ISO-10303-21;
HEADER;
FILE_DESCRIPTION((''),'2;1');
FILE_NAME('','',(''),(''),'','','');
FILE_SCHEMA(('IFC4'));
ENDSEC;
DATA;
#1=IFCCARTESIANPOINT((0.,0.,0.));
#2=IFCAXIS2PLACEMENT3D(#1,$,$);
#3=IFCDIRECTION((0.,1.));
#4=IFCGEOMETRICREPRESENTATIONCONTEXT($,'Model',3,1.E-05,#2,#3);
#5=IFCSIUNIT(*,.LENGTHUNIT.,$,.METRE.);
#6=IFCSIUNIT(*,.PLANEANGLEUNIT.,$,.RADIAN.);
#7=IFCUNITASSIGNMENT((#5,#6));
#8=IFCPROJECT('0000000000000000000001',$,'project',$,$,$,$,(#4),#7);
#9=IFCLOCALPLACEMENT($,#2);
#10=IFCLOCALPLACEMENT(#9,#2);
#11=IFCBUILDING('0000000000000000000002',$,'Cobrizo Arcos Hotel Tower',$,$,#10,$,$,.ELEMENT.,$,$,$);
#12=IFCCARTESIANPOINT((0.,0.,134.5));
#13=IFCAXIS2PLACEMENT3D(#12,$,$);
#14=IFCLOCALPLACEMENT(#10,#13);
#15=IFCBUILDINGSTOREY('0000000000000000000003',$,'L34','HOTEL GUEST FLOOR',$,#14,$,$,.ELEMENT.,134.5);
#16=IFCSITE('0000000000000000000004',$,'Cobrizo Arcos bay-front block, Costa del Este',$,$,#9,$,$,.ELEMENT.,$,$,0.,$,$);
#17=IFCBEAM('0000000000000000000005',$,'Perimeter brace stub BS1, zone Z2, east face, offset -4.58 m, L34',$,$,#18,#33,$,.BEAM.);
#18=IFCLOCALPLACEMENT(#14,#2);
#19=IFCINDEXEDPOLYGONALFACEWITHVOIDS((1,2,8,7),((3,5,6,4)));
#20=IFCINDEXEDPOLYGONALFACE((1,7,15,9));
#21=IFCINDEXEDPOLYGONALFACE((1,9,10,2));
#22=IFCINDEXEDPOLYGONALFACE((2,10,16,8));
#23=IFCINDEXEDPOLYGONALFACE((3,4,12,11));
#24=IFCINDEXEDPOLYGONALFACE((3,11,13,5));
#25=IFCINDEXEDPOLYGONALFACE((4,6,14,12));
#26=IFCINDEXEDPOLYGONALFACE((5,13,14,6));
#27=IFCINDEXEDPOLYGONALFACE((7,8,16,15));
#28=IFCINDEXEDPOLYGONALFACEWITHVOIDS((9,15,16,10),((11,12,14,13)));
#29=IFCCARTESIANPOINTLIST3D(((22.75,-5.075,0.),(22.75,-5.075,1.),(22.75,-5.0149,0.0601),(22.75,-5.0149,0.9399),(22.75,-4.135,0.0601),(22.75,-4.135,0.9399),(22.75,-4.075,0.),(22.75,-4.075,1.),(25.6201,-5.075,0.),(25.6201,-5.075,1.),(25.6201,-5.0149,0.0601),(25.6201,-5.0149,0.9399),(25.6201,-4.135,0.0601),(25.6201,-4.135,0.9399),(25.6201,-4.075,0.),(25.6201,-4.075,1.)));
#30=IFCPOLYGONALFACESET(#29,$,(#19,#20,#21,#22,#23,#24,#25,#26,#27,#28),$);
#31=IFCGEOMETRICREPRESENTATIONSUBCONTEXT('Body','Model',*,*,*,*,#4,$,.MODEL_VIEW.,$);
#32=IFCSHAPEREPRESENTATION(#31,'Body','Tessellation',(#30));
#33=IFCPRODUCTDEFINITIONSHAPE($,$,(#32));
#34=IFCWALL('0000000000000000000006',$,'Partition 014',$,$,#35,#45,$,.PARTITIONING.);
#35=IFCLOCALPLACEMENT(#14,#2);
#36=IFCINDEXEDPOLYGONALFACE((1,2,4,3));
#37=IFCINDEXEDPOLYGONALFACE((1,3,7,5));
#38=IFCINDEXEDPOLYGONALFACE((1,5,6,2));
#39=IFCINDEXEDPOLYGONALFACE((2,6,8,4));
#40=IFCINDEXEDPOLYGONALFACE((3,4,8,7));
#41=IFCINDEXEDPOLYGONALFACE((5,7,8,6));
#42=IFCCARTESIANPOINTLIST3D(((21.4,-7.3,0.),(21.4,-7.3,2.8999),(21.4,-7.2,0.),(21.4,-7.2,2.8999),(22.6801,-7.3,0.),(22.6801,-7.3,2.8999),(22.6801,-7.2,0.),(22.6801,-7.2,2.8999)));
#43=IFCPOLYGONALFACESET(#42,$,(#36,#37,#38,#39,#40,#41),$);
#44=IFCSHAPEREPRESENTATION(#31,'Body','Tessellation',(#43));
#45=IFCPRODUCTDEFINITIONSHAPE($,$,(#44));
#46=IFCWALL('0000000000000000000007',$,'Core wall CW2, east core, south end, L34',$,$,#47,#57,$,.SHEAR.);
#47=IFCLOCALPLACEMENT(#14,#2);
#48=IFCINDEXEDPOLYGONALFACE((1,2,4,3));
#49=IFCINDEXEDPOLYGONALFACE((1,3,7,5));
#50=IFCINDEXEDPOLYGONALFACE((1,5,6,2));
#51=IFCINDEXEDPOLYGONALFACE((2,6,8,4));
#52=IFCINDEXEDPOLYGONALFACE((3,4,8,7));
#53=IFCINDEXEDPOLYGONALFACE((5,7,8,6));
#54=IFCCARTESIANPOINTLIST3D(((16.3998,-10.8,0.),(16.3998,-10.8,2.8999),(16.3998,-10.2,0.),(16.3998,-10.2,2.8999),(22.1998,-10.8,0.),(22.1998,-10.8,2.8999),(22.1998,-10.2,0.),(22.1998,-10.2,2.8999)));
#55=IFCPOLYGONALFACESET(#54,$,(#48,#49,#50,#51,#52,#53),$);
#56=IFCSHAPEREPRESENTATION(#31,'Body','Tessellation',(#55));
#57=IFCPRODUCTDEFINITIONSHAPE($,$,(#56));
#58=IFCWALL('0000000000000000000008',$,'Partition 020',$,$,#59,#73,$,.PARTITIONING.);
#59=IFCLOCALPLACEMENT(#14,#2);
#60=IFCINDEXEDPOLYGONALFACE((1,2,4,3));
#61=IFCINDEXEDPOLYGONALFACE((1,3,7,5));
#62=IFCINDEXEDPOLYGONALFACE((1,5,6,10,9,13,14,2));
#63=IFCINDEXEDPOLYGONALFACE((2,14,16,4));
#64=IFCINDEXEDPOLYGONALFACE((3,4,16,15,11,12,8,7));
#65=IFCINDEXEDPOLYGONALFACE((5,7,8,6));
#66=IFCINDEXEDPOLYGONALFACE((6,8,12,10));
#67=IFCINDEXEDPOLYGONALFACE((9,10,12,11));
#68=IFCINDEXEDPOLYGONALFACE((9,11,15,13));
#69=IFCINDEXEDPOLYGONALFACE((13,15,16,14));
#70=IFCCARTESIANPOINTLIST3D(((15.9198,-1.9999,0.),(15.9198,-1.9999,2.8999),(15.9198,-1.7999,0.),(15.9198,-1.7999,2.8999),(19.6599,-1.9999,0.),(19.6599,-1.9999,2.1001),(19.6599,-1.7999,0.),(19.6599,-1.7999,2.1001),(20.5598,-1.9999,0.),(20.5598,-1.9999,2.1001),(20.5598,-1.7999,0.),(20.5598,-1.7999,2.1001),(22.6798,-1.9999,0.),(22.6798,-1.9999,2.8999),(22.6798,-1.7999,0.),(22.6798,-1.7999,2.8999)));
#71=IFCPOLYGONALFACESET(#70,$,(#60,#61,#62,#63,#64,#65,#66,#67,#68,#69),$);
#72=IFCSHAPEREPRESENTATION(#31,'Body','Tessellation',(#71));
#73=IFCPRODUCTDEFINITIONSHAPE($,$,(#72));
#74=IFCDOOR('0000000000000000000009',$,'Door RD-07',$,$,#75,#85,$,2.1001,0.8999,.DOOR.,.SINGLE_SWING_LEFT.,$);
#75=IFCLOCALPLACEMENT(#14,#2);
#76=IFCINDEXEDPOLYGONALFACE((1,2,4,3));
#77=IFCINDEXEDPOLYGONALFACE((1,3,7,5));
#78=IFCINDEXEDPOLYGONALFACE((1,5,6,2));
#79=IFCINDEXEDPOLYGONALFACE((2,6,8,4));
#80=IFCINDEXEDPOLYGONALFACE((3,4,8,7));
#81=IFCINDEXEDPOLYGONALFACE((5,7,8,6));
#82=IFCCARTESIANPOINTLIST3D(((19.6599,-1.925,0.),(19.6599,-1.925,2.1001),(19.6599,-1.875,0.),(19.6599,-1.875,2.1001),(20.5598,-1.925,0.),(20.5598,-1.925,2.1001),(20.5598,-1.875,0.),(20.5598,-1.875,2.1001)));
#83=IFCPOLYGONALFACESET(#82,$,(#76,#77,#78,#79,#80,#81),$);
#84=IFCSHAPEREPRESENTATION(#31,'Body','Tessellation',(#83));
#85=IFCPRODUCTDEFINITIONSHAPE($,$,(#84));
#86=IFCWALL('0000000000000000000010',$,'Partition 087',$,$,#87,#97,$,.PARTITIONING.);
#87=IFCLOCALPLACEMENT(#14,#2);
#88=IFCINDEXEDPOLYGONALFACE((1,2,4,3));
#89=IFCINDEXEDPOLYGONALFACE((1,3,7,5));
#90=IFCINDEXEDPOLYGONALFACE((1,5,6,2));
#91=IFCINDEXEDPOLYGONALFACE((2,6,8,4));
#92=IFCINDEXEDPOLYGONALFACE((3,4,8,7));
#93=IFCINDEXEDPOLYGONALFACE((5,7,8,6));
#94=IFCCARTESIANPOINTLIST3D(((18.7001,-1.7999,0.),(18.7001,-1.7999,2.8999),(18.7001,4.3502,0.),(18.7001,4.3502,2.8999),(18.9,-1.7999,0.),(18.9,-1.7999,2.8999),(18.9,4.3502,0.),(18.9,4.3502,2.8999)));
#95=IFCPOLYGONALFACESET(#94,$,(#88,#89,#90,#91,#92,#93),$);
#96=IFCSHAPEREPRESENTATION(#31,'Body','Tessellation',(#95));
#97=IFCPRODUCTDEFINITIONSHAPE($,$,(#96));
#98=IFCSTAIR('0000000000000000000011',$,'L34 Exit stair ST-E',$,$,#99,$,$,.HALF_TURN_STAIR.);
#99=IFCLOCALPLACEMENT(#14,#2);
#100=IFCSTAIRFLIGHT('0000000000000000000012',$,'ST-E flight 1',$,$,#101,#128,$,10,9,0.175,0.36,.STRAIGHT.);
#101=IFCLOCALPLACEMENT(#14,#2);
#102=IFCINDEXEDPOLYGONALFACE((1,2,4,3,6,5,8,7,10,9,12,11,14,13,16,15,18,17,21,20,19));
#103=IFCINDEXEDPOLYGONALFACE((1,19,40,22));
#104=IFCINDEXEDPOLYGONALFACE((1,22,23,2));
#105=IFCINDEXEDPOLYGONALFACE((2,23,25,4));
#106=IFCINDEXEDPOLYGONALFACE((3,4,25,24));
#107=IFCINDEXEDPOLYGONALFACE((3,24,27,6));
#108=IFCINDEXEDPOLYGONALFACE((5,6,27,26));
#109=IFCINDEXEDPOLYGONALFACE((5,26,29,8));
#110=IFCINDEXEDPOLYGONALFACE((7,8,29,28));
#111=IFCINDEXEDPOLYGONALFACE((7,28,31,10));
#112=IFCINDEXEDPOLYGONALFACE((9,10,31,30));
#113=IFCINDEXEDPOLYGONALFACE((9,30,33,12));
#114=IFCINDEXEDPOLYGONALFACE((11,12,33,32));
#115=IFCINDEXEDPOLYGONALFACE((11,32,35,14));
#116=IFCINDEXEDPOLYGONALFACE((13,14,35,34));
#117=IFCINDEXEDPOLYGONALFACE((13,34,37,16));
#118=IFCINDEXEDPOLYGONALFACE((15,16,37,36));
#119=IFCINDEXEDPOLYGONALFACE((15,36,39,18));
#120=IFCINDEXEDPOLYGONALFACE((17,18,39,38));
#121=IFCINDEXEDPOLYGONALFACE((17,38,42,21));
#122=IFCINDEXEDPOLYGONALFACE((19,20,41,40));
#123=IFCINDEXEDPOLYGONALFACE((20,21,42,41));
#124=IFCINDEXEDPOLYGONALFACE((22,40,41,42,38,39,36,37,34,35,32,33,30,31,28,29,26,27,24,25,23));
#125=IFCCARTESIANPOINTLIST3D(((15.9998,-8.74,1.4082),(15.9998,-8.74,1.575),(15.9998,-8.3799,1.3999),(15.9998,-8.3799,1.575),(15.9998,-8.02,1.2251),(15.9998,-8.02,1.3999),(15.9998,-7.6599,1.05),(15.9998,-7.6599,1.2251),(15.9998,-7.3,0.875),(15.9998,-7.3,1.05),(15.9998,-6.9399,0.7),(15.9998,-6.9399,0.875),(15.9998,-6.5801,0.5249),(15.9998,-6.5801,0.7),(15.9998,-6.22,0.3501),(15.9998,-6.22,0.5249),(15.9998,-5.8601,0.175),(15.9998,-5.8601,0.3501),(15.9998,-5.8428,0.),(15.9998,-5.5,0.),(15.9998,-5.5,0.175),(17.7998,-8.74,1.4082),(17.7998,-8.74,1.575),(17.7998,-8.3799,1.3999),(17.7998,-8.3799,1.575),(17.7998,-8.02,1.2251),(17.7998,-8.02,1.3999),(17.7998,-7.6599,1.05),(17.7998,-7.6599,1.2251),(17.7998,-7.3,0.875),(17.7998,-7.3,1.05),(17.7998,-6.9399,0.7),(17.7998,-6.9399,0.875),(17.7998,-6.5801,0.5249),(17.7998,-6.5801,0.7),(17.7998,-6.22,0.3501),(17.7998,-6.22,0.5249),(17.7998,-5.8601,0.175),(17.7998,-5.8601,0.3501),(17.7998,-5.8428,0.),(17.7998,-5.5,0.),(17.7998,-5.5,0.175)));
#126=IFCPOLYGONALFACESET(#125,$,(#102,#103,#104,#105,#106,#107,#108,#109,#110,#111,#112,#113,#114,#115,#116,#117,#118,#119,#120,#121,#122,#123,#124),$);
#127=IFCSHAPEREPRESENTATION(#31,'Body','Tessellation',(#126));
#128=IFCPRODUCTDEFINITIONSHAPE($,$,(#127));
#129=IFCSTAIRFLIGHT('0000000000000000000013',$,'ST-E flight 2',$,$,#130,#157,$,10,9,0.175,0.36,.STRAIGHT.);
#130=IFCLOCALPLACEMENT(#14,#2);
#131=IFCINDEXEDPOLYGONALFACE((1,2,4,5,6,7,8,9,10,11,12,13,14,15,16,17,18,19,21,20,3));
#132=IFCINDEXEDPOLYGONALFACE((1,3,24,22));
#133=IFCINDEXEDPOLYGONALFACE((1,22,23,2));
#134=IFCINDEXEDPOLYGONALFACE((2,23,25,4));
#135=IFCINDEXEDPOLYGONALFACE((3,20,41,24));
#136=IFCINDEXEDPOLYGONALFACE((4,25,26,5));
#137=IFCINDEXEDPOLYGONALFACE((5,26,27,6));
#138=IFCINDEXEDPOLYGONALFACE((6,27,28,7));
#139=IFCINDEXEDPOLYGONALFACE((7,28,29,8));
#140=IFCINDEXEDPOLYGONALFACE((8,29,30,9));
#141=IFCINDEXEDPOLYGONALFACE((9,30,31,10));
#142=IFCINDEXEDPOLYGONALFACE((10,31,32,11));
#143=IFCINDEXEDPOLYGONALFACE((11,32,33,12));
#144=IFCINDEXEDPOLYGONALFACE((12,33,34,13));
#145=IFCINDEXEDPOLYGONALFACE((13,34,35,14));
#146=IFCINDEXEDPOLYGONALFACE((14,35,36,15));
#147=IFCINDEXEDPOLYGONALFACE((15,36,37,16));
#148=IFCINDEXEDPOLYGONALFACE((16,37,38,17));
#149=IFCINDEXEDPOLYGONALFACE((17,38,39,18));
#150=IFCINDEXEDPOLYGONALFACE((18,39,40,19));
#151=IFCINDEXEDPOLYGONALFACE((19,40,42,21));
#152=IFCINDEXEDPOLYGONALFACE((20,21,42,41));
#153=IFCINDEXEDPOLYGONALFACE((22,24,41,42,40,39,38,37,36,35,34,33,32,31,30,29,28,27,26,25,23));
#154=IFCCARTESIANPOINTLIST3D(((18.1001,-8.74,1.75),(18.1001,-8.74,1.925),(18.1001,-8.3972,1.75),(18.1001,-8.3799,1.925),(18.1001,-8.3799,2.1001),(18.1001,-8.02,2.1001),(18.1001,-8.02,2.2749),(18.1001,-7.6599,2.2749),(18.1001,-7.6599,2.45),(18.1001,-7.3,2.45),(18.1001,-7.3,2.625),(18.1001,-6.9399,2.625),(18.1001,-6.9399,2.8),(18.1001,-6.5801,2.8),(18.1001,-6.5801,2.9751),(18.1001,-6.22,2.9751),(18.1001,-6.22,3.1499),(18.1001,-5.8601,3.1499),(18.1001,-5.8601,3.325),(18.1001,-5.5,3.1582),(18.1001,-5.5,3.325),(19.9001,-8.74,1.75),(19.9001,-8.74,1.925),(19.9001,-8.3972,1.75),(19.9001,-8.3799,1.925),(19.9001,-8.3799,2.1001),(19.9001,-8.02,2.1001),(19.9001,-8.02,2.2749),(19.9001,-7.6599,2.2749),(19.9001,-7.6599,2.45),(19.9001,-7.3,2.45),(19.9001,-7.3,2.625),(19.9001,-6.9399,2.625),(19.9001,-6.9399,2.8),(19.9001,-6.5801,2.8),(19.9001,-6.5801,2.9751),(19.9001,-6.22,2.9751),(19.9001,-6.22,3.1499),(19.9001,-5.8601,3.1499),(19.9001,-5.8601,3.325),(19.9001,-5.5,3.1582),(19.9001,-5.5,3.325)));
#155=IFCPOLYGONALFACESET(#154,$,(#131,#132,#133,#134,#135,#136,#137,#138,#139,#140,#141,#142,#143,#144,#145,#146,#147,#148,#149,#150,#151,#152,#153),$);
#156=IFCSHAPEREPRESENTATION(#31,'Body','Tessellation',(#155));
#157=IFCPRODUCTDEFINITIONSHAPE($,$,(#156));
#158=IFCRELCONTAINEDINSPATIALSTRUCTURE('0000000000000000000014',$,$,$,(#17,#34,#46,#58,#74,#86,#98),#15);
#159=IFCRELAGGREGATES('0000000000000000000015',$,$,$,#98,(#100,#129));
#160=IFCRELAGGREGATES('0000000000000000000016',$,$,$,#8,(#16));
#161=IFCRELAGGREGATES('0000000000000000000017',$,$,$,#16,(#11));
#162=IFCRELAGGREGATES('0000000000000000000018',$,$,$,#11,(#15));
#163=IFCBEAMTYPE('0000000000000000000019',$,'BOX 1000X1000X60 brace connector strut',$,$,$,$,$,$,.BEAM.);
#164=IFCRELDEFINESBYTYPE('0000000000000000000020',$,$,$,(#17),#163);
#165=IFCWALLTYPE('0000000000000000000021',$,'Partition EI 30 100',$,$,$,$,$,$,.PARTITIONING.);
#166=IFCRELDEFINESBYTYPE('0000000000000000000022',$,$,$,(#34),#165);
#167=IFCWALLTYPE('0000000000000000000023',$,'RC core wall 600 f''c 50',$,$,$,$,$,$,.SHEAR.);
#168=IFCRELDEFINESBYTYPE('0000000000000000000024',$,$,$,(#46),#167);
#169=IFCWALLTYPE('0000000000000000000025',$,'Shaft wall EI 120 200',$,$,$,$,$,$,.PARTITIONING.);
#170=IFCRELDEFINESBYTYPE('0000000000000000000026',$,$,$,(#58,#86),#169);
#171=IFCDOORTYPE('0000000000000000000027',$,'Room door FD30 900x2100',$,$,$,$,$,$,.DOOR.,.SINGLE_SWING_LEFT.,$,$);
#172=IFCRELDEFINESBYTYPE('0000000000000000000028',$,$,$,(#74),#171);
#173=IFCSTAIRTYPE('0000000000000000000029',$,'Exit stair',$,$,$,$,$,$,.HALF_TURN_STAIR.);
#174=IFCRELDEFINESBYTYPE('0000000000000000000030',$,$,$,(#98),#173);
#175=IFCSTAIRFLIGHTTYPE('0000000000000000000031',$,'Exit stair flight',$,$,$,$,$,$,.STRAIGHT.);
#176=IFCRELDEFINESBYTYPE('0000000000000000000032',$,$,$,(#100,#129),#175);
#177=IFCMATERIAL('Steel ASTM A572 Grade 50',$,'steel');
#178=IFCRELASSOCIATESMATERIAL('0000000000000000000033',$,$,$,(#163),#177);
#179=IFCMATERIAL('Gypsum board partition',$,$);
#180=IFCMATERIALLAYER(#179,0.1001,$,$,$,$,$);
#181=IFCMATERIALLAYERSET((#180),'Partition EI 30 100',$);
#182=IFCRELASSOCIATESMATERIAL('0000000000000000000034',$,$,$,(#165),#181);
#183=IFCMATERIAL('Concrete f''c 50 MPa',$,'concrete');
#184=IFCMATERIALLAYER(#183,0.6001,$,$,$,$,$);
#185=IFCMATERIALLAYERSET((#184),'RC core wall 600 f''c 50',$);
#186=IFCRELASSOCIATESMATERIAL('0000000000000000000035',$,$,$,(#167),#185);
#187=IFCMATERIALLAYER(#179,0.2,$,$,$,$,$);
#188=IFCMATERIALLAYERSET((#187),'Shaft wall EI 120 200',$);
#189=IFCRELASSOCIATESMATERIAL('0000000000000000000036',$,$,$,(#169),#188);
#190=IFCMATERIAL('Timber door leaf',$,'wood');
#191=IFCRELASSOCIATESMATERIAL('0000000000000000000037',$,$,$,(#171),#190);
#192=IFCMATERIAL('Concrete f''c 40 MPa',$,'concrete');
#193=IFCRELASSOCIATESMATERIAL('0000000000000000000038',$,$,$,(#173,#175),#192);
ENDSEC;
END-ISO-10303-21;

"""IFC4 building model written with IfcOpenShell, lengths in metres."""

from ifc_helpers import new_model, si_unit, direction, frame, frame_2d, origin, origin_2d, place, context, subcontext, project, spatial, polyline, rectangle, hollow_rectangle, outline, extrude, material, layer, layer_set, material_profile, profile_set, type_object, element, fill, aggregate, save


model = new_model("IFC4")

# Units and contexts
model_context = context("Model", 3, precision=1e-05, world=origin(), true_north=direction((0.0, 1.0)))
body_context = subcontext(model_context, "Body", "Model", "MODEL_VIEW")
ifc_project = project(units=[si_unit("LENGTHUNIT", "METRE"), si_unit("PLANEANGLEUNIT", "RADIAN")], contexts=[model_context])

# Site, building, storey
site_placement = place(None, origin())
site = spatial("IfcSite", under=ifc_project, at=site_placement, Name="Cobrizo Arcos bay-front block, Costa del Este", CompositionType="ELEMENT", RefElevation=0.0)
building_placement = place(site_placement, origin())
building = spatial("IfcBuilding", under=site, at=building_placement, Name="Cobrizo Arcos Hotel Tower", CompositionType="ELEMENT")
storey_placement = place(building_placement, frame((0.0, 0.0, 134.5)))
storey = spatial("IfcBuildingStorey", under=building, at=storey_placement, Name="L34", Description="HOTEL GUEST FLOOR", CompositionType="ELEMENT", Elevation=134.5)

# Beam
ifc_material_1 = material(Name="Steel ASTM A572 Grade 50", Category="steel")
ifc_material_profile = material_profile(ifc_material_1, hollow_rectangle(XDim=1.0, YDim=1.0, WallThickness=0.0601, at=origin_2d()), Name="BOX 1000X1000X60")
ifc_profile_set = profile_set([ifc_material_profile], Name="Steel ASTM A572 Grade 50")
beam_type = type_object("IfcBeamType", Name="BOX 1000X1000X60 brace connector strut", PredefinedType="BEAM", material=ifc_profile_set)
beam_placement = place(storey_placement, frame((22.75, -4.575, 0.5), z_axis=(1.0, 0.0, 0.0), x_axis=(0.0, 1.0, 0.0)))
element("IfcBeam", 1, at=beam_placement, inside=storey, type_object=beam_type, Name="Perimeter brace stub BS1, zone Z2, east face, offset -4.58 m, L34", PredefinedType="BEAM", context=body_context, shape_type="SweptSolid", body=[
    extrude(hollow_rectangle(XDim=1.0, YDim=1.0, WallThickness=0.0601, at=origin_2d()), origin(), (0.0, 0.0, 1.0), 2.8701),
])

# Walls
ifc_material_2 = material(Name="Gypsum board partition")
ifc_layer_1 = layer(ifc_material_2, 0.1001)
ifc_layer_set_1 = layer_set([ifc_layer_1], Name="Partition EI 30 100")
wall_type_1 = type_object("IfcWallType", Name="Partition EI 30 100", PredefinedType="PARTITIONING", material=ifc_layer_set_1)
wall_1_placement = place(storey_placement, frame((21.3999, -7.25, 0.0), z_axis=(0.0, 0.0, 1.0), x_axis=(1.0, 0.0, 0.0)))
element("IfcWall", 2, at=wall_1_placement, inside=storey, type_object=wall_type_1, Name="Partition 014", PredefinedType="PARTITIONING", context=body_context, shape_type="SweptSolid", body=[
    extrude(rectangle(XDim=1.28, YDim=0.1001, at=frame_2d((0.6401, 0.0))), origin(), (0.0, 0.0, 1.0), 2.8999),
])
ifc_material_3 = material(Name="Concrete f'c 50 MPa", Category="concrete")
ifc_layer_2 = layer(ifc_material_3, 0.6001)
ifc_layer_set_2 = layer_set([ifc_layer_2], Name="RC core wall 600 f'c 50")
wall_type_2 = type_object("IfcWallType", Name="RC core wall 600 f'c 50", PredefinedType="SHEAR", material=ifc_layer_set_2)
wall_2_placement = place(storey_placement, frame((16.3999, -10.5, 0.0), z_axis=(0.0, 0.0, 1.0), x_axis=(1.0, 0.0, 0.0)))
element("IfcWall", 3, at=wall_2_placement, inside=storey, type_object=wall_type_2, Name="Core wall CW2, east core, south end, L34", PredefinedType="SHEAR", context=body_context, shape_type="SweptSolid", body=[
    extrude(rectangle(XDim=5.8, YDim=0.6001, at=frame_2d((2.8999, 0.0))), origin(), (0.0, 0.0, 1.0), 2.8999),
])

# Wall, opening, door
ifc_layer_3 = layer(ifc_material_2, 0.2)
ifc_layer_set_3 = layer_set([ifc_layer_3], Name="Shaft wall EI 120 200")
wall_type_3 = type_object("IfcWallType", Name="Shaft wall EI 120 200", PredefinedType="PARTITIONING", material=ifc_layer_set_3)
wall_3_placement = place(storey_placement, frame((15.9199, -1.8999, 0.0), z_axis=(0.0, 0.0, 1.0), x_axis=(1.0, 0.0, 0.0)))
wall_3 = element("IfcWall", 4, at=wall_3_placement, inside=storey, type_object=wall_type_3, Name="Partition 020", PredefinedType="PARTITIONING", context=body_context, shape_type="SweptSolid", body=[
    extrude(rectangle(XDim=6.76, YDim=0.2, at=frame_2d((3.3799, 0.0))), origin(), (0.0, 0.0, 1.0), 2.8999),
])
opening_placement = place(wall_3_placement, frame((3.74, 0.0, 0.0)))
opening = element("IfcOpeningElement", 5, at=opening_placement, cuts=wall_3, PredefinedType="OPENING", context=body_context, shape_type="SweptSolid", body=[
    extrude(rectangle(XDim=0.8999, YDim=2.1001, at=frame_2d((0.45, 1.05))), frame((0.0, 0.1121, 0.0), z_axis=(0.0, -1.0, 0.0), x_axis=(1.0, 0.0, 0.0)), (0.0, 0.0, 1.0), 0.2239),
])
ifc_material_4 = material(Name="Timber door leaf", Category="wood")
door_type = type_object("IfcDoorType", Name="Room door FD30 900x2100", OperationType="SINGLE_SWING_LEFT", PredefinedType="DOOR", material=ifc_material_4)
door_placement = place(opening_placement, origin())
door = element("IfcDoor", 6, at=door_placement, inside=storey, type_object=door_type, Name="Door RD-07", OperationType="SINGLE_SWING_LEFT", OverallHeight=2.1001, OverallWidth=0.8999, PredefinedType="DOOR", context=body_context, shape_type="SweptSolid", body=[
    extrude(rectangle(XDim=0.8999, YDim=2.1001, at=frame_2d((0.45, 1.05))), frame((0.0, 0.0249, 0.0), z_axis=(0.0, -1.0, 0.0), x_axis=(1.0, 0.0, 0.0)), (0.0, 0.0, 1.0), 0.05),
])
fill(opening, door)

# Wall
wall_4_placement = place(storey_placement, frame((18.8, -1.8, 0.0), z_axis=(0.0, 0.0, 1.0), x_axis=(0.0, 1.0, 0.0)))
element("IfcWall", 7, at=wall_4_placement, inside=storey, type_object=wall_type_3, Name="Partition 087", PredefinedType="PARTITIONING", context=body_context, shape_type="SweptSolid", body=[
    extrude(rectangle(XDim=6.1501, YDim=0.2, at=frame_2d((3.0752, 0.0))), origin(), (0.0, 0.0, 1.0), 2.8999),
])

# Stair, stair flights
ifc_material_5 = material(Name="Concrete f'c 40 MPa", Category="concrete")
stair_type = type_object("IfcStairType", Name="Exit stair", PredefinedType="HALF_TURN_STAIR", material=ifc_material_5)
stair_placement = place(storey_placement, origin())
stair = element("IfcStair", 8, at=stair_placement, inside=storey, type_object=stair_type, Name="L34 Exit stair ST-E", PredefinedType="HALF_TURN_STAIR")
stair_flight_type = type_object("IfcStairFlightType", Name="Exit stair flight", PredefinedType="STRAIGHT", material=ifc_material_5)
stair_flight_1_placement = place(storey_placement, frame((16.8999, -5.5, 0.0), z_axis=(0.0, 0.0, 1.0), x_axis=(0.0, -1.0, 0.0)))
stair_flight_1 = element("IfcStairFlight", 9, at=stair_flight_1_placement, type_object=stair_flight_type, Name="ST-E flight 1", NumberOfRisers=10, NumberOfTreads=9, PredefinedType="STRAIGHT", RiserHeight=0.175, TreadLength=0.36, context=body_context, shape_type="SweptSolid", body=[
    extrude(outline(polyline([(0.0, 0.0), (0.0, 0.175), (0.3601, 0.175), (0.3601, 0.3501), (0.72, 0.3501), (0.72, 0.5249), (1.0801, 0.5249), (1.0801, 0.7), (1.4399, 0.7), (1.4399, 0.875), (1.8, 0.875), (1.8, 1.05), (2.1599, 1.05), (2.1599, 1.2251), (2.52, 1.2251), (2.52, 1.3999), (2.8799, 1.3999), (2.8799, 1.575), (3.24, 1.575), (3.24, 1.75), (3.24, 1.4082), (0.3428, 0.0), (0.0, 0.0)])), frame((0.0, 0.8999, 0.0), z_axis=(0.0, -1.0, 0.0), x_axis=(1.0, 0.0, 0.0)), (0.0, 0.0, 1.0), 1.8),
])
stair_flight_2_placement = place(storey_placement, frame((19.0, -8.74, 1.75), z_axis=(0.0, 0.0, 1.0), x_axis=(0.0, 1.0, 0.0)))
stair_flight_2 = element("IfcStairFlight", 10, at=stair_flight_2_placement, type_object=stair_flight_type, Name="ST-E flight 2", NumberOfRisers=10, NumberOfTreads=9, PredefinedType="STRAIGHT", RiserHeight=0.175, TreadLength=0.36, context=body_context, shape_type="SweptSolid", body=[
    extrude(outline(polyline([(0.0, 0.0), (0.0, 0.175), (0.3601, 0.175), (0.3601, 0.3501), (0.72, 0.3501), (0.72, 0.5249), (1.0801, 0.5249), (1.0801, 0.7), (1.4399, 0.7), (1.4399, 0.875), (1.8, 0.875), (1.8, 1.05), (2.1599, 1.05), (2.1599, 1.2251), (2.52, 1.2251), (2.52, 1.3999), (2.8799, 1.3999), (2.8799, 1.575), (3.24, 1.575), (3.24, 1.75), (3.24, 1.4082), (0.3428, 0.0), (0.0, 0.0)])), frame((0.0, 0.8999, 0.0), z_axis=(0.0, -1.0, 0.0), x_axis=(1.0, 0.0, 0.0)), (0.0, 0.0, 1.0), 1.8),
])
aggregate(stair, [stair_flight_1, stair_flight_2])

save(model, "model.ifc")
